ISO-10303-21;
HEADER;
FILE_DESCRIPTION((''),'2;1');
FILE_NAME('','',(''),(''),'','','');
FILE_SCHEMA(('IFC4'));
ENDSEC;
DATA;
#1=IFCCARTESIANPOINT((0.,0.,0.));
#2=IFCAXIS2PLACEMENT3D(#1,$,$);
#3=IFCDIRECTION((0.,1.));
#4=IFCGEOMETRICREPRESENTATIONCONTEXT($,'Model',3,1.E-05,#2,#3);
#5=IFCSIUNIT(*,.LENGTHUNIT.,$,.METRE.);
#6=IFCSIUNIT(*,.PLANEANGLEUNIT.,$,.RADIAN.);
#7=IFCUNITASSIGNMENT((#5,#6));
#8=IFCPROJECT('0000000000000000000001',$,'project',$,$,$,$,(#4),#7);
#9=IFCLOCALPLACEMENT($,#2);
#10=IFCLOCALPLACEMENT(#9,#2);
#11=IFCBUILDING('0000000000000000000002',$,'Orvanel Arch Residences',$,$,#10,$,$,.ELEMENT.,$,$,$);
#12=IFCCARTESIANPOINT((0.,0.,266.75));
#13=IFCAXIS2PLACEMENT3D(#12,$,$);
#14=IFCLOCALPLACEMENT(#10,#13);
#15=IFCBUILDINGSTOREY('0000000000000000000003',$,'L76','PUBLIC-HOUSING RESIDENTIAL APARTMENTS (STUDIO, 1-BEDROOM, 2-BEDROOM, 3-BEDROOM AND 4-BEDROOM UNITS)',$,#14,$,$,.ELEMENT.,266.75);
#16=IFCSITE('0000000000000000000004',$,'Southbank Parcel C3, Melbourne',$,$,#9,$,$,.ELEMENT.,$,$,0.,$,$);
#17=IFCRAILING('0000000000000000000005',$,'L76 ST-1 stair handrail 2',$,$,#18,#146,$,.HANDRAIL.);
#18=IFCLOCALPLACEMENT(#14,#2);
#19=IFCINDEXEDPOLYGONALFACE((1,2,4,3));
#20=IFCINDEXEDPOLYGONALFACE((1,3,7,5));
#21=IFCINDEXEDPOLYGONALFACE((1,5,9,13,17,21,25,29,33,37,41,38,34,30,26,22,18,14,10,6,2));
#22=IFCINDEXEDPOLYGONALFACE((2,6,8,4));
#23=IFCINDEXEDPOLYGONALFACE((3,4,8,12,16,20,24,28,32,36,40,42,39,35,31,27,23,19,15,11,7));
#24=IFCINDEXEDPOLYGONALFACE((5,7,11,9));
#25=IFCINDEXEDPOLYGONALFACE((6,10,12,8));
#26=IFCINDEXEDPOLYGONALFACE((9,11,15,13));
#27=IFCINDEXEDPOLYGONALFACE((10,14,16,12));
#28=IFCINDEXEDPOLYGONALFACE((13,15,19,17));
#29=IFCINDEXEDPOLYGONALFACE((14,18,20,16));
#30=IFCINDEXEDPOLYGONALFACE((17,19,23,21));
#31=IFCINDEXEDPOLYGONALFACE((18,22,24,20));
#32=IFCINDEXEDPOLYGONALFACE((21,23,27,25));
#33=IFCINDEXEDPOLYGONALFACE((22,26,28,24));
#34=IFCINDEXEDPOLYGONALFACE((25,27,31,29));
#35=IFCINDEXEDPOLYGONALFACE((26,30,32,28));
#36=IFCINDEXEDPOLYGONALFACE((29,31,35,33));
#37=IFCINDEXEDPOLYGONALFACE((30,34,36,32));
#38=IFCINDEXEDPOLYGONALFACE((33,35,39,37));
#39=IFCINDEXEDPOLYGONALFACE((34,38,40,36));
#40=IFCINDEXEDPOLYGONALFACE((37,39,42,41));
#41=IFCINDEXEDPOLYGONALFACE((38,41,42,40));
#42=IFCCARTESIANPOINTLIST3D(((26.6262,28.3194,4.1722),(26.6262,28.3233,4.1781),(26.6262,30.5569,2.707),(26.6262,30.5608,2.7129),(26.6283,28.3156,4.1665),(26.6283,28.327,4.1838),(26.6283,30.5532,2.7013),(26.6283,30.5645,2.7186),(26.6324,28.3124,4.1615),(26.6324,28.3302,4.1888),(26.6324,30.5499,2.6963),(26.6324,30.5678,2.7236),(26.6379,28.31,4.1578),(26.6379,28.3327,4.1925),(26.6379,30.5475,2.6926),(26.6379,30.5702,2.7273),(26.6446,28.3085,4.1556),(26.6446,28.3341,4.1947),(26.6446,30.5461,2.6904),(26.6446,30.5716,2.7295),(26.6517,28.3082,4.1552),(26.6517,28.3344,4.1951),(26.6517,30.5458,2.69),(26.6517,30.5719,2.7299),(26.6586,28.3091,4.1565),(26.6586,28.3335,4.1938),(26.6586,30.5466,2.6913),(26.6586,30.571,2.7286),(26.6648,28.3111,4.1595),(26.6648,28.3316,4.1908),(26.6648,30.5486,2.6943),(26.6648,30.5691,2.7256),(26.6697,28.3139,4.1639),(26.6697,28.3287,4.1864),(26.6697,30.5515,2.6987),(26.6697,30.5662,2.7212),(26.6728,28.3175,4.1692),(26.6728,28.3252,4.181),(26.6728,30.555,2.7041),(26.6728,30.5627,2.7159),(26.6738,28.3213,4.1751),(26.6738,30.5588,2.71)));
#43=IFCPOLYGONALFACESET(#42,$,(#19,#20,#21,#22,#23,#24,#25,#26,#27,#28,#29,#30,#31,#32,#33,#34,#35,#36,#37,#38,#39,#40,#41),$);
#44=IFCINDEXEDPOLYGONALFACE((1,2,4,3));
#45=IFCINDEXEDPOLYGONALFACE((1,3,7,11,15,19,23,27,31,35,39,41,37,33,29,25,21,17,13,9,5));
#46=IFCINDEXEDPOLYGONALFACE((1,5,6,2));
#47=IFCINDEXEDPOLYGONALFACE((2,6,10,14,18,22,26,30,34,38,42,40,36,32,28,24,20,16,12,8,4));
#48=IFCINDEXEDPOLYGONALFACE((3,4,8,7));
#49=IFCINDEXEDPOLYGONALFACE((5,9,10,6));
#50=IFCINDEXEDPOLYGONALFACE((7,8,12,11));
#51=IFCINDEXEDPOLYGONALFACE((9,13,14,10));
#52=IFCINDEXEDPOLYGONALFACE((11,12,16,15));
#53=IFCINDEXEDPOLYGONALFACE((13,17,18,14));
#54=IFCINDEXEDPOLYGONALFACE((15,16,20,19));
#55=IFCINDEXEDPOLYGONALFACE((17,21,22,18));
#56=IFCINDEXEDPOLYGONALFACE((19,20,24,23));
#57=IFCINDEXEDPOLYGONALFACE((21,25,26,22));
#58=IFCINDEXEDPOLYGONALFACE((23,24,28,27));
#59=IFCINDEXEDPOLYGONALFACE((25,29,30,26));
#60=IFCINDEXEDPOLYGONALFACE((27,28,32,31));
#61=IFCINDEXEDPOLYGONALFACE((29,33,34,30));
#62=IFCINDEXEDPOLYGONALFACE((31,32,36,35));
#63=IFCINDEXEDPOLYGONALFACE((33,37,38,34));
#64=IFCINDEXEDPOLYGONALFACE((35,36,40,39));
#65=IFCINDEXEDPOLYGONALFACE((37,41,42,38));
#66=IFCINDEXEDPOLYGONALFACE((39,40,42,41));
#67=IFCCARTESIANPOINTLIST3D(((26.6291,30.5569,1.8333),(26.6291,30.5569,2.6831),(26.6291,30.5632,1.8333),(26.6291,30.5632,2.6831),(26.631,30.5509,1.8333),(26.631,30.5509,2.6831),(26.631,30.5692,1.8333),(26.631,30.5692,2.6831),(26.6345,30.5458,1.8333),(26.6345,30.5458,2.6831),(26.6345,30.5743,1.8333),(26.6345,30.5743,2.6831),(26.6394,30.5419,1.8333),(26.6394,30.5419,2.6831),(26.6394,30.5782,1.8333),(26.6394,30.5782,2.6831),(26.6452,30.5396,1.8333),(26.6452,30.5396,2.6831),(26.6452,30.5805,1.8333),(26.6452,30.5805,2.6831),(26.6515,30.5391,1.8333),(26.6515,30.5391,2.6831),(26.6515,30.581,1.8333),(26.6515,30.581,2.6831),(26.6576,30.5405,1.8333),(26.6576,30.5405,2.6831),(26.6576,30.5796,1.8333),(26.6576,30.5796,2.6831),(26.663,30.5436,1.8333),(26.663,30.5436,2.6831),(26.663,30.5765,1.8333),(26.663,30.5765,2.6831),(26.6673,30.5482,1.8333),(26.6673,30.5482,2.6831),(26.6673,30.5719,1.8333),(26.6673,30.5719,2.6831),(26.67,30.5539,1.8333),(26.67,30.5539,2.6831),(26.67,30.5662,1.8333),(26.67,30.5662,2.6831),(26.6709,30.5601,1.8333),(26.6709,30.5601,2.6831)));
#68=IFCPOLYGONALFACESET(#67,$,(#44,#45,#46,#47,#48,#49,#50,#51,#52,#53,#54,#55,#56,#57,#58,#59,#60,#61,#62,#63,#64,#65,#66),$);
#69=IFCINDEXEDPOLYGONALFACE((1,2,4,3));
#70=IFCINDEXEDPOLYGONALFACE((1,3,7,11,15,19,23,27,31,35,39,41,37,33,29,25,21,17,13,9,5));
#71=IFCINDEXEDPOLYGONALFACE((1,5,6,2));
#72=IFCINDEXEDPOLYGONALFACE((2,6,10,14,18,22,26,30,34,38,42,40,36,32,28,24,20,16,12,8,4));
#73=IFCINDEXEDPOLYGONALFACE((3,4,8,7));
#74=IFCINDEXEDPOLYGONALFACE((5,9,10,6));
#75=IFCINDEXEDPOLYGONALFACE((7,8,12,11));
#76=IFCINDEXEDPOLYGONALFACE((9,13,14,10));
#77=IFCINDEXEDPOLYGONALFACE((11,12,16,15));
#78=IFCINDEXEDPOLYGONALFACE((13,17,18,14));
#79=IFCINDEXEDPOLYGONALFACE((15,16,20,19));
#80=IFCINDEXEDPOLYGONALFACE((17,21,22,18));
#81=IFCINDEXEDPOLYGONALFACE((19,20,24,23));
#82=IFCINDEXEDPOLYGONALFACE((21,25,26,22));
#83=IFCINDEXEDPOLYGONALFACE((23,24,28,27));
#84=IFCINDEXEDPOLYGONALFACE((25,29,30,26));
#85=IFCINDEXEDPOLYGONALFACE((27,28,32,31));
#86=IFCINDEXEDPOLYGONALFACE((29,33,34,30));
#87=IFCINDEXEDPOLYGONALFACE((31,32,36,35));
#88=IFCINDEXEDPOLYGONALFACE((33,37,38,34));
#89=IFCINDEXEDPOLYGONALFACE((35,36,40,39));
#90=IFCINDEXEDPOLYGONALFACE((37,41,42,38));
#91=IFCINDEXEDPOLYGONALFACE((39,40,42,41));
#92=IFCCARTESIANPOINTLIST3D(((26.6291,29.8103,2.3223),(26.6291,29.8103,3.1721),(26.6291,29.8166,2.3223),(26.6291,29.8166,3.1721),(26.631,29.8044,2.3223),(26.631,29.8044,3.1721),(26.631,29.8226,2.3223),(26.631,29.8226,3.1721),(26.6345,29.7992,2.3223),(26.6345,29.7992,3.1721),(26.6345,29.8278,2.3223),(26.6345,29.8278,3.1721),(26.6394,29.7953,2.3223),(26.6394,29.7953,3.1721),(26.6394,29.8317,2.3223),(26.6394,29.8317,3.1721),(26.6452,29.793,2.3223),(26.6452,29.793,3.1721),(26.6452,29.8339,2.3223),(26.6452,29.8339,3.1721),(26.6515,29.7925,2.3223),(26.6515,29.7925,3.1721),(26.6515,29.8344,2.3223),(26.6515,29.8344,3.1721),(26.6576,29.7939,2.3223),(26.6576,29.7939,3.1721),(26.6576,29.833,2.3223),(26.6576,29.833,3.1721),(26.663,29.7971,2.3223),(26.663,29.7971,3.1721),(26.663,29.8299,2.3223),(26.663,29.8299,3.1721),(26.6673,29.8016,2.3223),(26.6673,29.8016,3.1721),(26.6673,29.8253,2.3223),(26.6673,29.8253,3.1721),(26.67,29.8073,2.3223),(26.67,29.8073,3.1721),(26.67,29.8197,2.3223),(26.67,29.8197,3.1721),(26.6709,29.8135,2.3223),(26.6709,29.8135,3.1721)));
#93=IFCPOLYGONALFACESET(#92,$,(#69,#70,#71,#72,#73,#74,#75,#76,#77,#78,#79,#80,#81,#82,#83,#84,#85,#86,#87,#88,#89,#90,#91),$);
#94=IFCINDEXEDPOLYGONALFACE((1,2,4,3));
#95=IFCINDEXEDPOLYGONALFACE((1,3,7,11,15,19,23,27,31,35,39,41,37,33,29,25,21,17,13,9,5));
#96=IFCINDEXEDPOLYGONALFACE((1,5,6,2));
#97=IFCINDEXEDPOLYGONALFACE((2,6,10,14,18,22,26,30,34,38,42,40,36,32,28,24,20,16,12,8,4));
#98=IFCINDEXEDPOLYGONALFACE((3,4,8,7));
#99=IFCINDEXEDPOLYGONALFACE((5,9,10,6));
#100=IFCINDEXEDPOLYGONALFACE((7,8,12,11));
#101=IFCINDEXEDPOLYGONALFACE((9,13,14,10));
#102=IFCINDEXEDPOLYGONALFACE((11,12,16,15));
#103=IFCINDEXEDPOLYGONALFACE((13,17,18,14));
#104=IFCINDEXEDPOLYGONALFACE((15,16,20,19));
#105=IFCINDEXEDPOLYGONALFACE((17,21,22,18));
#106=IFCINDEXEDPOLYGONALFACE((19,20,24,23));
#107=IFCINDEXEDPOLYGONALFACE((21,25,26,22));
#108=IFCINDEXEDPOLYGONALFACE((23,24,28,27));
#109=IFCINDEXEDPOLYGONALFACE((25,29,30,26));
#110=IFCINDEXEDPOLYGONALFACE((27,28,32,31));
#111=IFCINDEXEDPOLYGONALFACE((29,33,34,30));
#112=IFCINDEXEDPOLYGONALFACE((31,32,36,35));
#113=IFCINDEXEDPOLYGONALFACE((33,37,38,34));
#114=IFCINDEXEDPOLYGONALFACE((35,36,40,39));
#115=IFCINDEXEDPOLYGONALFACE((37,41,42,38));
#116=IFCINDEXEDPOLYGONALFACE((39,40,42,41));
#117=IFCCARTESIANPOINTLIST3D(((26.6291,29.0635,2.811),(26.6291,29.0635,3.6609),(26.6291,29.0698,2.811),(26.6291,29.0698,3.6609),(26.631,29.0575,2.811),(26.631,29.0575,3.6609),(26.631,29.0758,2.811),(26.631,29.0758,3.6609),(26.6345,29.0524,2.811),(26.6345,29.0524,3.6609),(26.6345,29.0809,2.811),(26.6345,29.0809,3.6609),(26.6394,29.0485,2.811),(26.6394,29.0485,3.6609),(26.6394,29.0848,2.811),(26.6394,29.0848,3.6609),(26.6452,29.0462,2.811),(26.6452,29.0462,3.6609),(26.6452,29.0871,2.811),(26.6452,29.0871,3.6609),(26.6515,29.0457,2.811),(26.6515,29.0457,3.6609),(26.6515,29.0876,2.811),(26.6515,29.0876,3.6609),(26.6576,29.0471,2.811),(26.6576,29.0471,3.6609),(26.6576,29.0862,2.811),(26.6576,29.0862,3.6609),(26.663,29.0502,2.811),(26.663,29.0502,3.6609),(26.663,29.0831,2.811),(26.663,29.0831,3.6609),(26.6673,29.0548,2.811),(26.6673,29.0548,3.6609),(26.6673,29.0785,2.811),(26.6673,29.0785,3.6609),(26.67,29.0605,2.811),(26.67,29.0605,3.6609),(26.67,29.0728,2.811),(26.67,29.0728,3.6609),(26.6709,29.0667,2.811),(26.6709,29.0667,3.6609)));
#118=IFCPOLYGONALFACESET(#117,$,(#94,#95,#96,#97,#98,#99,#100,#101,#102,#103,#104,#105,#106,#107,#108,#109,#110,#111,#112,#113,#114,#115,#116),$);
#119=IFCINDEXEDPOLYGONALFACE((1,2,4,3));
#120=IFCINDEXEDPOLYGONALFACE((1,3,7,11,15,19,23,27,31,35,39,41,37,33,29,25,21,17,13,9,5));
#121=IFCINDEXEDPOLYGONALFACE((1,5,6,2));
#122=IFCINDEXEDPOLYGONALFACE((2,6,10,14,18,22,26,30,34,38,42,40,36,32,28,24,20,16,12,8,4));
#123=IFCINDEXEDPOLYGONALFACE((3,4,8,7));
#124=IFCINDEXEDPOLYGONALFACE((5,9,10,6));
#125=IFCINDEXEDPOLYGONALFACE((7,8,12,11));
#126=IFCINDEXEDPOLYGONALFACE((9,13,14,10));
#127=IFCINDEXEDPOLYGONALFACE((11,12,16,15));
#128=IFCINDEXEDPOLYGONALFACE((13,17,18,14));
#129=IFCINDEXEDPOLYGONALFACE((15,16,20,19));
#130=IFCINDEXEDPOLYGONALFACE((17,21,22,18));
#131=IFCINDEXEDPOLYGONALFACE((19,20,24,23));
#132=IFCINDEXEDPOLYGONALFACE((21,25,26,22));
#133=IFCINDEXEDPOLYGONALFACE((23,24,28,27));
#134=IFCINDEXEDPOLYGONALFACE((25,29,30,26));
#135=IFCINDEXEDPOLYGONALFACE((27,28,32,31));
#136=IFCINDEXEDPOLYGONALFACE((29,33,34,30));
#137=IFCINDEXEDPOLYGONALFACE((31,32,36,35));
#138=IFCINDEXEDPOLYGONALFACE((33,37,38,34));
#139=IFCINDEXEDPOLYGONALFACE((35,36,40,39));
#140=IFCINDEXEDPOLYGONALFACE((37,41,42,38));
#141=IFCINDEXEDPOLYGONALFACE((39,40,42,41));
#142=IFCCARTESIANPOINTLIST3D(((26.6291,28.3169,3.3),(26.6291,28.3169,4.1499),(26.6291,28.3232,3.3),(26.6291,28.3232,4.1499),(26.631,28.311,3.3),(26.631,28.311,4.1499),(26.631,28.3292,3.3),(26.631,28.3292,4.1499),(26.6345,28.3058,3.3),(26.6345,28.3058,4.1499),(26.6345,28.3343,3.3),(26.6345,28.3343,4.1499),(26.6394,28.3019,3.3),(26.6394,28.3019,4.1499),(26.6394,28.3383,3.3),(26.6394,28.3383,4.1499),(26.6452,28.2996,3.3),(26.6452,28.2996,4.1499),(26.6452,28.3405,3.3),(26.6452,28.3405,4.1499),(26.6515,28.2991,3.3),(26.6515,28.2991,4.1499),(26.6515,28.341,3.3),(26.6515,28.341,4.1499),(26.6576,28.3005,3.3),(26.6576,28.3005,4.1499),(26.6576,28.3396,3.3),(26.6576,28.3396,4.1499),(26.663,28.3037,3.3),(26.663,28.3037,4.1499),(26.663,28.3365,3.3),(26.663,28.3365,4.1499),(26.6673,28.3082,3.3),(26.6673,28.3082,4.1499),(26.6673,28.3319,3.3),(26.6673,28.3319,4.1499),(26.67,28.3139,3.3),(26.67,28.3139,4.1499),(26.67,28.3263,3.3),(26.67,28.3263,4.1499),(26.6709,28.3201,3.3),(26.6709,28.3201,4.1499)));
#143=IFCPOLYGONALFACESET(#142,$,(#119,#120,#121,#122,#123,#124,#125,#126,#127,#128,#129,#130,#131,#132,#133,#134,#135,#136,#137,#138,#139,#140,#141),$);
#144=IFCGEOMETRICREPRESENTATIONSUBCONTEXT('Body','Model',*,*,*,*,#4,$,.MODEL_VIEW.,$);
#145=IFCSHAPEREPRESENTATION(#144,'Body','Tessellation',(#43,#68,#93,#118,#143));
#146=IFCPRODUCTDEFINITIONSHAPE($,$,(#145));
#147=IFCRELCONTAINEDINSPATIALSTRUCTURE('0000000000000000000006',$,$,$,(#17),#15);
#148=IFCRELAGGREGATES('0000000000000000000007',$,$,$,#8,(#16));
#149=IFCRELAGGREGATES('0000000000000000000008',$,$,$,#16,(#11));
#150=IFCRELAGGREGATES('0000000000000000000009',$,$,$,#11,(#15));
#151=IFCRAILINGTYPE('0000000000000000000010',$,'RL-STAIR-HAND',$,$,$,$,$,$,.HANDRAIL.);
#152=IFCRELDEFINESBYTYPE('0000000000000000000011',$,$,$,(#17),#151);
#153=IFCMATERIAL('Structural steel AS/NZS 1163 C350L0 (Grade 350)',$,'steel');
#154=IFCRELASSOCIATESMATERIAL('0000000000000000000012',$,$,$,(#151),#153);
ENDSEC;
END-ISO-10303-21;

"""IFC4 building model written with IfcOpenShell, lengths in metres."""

from ifc_helpers import new_model, si_unit, direction, frame, origin, origin_2d, place, context, subcontext, project, spatial, circle, extrude, material, type_object, element, save


model = new_model("IFC4")

# Units and contexts
model_context = context("Model", 3, precision=1e-05, world=origin(), true_north=direction((0.0, 1.0)))
body_context = subcontext(model_context, "Body", "Model", "MODEL_VIEW")
ifc_project = project(units=[si_unit("LENGTHUNIT", "METRE"), si_unit("PLANEANGLEUNIT", "RADIAN")], contexts=[model_context])

# Site, building, storey
site_placement = place(None, origin())
site = spatial("IfcSite", under=ifc_project, at=site_placement, Name="Southbank Parcel C3, Melbourne", CompositionType="ELEMENT", RefElevation=0.0)
building_placement = place(site_placement, origin())
building = spatial("IfcBuilding", under=site, at=building_placement, Name="Orvanel Arch Residences", CompositionType="ELEMENT")
storey_placement = place(building_placement, frame((0.0, 0.0, 266.75)))
storey = spatial("IfcBuildingStorey", under=building, at=storey_placement, Name="L76", Description="PUBLIC-HOUSING RESIDENTIAL APARTMENTS (STUDIO, 1-BEDROOM, 2-BEDROOM, 3-BEDROOM AND 4-BEDROOM UNITS)", CompositionType="ELEMENT", Elevation=266.75)

# Railing
ifc_material_1 = material(Name="Structural steel AS/NZS 1163 C350L0 (Grade 350)", Category="steel")
railing_type_1 = type_object("IfcRailingType", Name="RL-STAIR-HAND", PredefinedType="HANDRAIL", material=ifc_material_1)
railing_1_placement = place(storey_placement, frame((26.6499, 30.5601, 1.8333)))
element("IfcRailing", 1, at=railing_1_placement, inside=storey, type_object=railing_type_1, Name="L76 ST-1 stair handrail 2", PredefinedType="HANDRAIL", context=body_context, shape_type="SweptSolid", body=[
    extrude(circle(Radius=0.0239, at=origin_2d()), frame((0.0, -0.0012, 0.8767), z_axis=(0.0, -0.836595, 0.547822), x_axis=(1.0, 0.0, 0.0)), (0.0, 0.0, 1.0), 2.6746),
    extrude(circle(Radius=0.021, at=origin_2d()), origin(), (0.0, 0.0, 1.0), 0.8499),
    extrude(circle(Radius=0.021, at=origin_2d()), frame((0.0, -0.7466, 0.489)), (0.0, 0.0, 1.0), 0.8499),
    extrude(circle(Radius=0.021, at=origin_2d()), frame((0.0, -1.4934, 0.9778)), (0.0, 0.0, 1.0), 0.8499),
    extrude(circle(Radius=0.021, at=origin_2d()), frame((0.0, -2.24, 1.4668)), (0.0, 0.0, 1.0), 0.8499),
])

save(model, "model.ifc")
